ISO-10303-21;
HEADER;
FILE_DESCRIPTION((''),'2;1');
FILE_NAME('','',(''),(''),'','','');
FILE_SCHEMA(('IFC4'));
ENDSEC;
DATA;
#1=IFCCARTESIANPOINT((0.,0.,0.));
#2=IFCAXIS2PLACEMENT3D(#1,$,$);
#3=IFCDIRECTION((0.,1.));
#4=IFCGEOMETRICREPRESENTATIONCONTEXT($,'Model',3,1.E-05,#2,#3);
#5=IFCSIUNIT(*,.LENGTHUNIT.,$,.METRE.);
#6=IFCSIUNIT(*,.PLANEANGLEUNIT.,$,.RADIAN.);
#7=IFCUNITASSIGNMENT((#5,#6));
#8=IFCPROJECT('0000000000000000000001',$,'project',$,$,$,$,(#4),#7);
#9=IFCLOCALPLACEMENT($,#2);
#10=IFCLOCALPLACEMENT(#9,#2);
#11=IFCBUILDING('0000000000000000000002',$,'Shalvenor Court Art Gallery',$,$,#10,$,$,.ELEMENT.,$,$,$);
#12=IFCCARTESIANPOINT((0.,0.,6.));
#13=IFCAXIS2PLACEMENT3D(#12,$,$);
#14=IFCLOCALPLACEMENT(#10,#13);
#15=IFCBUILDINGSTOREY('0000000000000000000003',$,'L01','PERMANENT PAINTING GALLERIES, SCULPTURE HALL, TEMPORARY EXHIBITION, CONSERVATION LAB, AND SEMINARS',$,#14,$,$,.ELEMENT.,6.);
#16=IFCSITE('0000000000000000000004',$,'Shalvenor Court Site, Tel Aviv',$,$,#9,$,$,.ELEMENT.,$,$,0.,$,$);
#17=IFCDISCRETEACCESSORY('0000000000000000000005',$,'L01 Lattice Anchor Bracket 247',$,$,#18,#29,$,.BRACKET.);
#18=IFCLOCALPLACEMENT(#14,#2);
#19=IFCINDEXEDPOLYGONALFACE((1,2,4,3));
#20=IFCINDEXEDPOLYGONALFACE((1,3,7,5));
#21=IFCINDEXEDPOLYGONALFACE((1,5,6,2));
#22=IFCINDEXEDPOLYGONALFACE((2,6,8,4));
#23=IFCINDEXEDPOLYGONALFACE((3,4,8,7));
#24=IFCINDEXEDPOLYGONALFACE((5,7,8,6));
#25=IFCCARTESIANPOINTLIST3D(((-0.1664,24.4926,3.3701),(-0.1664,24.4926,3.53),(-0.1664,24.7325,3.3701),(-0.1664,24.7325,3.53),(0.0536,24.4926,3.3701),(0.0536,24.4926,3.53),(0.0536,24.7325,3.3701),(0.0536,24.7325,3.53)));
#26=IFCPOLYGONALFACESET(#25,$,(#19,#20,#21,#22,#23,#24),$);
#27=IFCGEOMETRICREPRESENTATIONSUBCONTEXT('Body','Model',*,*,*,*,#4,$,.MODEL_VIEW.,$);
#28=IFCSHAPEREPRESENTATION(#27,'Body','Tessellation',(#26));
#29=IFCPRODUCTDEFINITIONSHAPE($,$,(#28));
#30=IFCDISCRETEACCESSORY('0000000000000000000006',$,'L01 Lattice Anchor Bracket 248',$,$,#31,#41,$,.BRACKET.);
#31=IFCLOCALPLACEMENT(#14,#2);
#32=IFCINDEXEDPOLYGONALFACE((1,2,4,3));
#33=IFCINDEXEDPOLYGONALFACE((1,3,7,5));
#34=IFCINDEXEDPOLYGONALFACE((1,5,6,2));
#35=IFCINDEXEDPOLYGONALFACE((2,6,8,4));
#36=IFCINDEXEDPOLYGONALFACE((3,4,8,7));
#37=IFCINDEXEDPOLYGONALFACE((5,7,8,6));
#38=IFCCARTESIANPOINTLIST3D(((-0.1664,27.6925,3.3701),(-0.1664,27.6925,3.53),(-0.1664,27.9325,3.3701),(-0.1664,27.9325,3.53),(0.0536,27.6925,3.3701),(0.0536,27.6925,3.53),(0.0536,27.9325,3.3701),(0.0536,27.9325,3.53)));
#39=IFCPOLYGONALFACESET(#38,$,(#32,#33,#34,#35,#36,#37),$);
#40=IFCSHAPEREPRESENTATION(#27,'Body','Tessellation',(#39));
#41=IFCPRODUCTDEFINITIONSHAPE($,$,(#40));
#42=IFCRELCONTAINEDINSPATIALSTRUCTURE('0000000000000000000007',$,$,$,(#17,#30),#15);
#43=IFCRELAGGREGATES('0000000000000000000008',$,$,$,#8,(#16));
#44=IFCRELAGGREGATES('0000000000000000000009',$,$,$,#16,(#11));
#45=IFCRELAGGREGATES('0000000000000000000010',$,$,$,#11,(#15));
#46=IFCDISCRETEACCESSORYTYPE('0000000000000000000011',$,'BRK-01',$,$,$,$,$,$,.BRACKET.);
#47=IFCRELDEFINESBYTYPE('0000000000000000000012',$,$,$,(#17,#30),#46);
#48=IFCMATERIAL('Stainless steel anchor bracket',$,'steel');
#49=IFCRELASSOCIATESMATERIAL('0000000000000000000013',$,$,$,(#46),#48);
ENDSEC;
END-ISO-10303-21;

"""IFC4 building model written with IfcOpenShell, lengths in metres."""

from ifc_helpers import new_model, si_unit, direction, frame, origin, origin_2d, place, context, subcontext, project, spatial, rectangle, extrude, material, type_object, element, save


model = new_model("IFC4")

# Units and contexts
model_context = context("Model", 3, precision=1e-05, world=origin(), true_north=direction((0.0, 1.0)))
body_context = subcontext(model_context, "Body", "Model", "MODEL_VIEW")
ifc_project = project(units=[si_unit("LENGTHUNIT", "METRE"), si_unit("PLANEANGLEUNIT", "RADIAN")], contexts=[model_context])

# Site, building, storey
site_placement = place(None, origin())
site = spatial("IfcSite", under=ifc_project, at=site_placement, Name="Shalvenor Court Site, Tel Aviv", CompositionType="ELEMENT", RefElevation=0.0)
building_placement = place(site_placement, origin())
building = spatial("IfcBuilding", under=site, at=building_placement, Name="Shalvenor Court Art Gallery", CompositionType="ELEMENT")
storey_placement = place(building_placement, frame((0.0, 0.0, 6.0)))
storey = spatial("IfcBuildingStorey", under=building, at=storey_placement, Name="L01", Description="PERMANENT PAINTING GALLERIES, SCULPTURE HALL, TEMPORARY EXHIBITION, CONSERVATION LAB, AND SEMINARS", CompositionType="ELEMENT", Elevation=6.0)

# Discrete accessories
ifc_material_1 = material(Name="Stainless steel anchor bracket", Category="steel")
discrete_accessory_type = type_object("IfcDiscreteAccessoryType", Name="BRK-01", PredefinedType="BRACKET", material=ifc_material_1)
for number, where, z_axis, x_axis, name in (
    (1, (-0.0564, 24.6125, 3.3701), (0.0, 0.0, 1.0), (0.0, 1.0, 0.0), "L01 Lattice Anchor Bracket 247"),
    (2, (-0.0564, 27.8125, 3.3701), (0.0, 0.0, 1.0), (0.0, 1.0, 0.0), "L01 Lattice Anchor Bracket 248"),
):
    element("IfcDiscreteAccessory", number, at=place(storey_placement, frame(where, z_axis=z_axis, x_axis=x_axis)), inside=storey, type_object=discrete_accessory_type, Name=name, PredefinedType="BRACKET", context=body_context, shape_type="SweptSolid", body=[
        extrude(rectangle(XDim=0.24, YDim=0.22, at=origin_2d()), origin(), (0.0, 0.0, 1.0), 0.1599),
    ])

save(model, "model.ifc")
